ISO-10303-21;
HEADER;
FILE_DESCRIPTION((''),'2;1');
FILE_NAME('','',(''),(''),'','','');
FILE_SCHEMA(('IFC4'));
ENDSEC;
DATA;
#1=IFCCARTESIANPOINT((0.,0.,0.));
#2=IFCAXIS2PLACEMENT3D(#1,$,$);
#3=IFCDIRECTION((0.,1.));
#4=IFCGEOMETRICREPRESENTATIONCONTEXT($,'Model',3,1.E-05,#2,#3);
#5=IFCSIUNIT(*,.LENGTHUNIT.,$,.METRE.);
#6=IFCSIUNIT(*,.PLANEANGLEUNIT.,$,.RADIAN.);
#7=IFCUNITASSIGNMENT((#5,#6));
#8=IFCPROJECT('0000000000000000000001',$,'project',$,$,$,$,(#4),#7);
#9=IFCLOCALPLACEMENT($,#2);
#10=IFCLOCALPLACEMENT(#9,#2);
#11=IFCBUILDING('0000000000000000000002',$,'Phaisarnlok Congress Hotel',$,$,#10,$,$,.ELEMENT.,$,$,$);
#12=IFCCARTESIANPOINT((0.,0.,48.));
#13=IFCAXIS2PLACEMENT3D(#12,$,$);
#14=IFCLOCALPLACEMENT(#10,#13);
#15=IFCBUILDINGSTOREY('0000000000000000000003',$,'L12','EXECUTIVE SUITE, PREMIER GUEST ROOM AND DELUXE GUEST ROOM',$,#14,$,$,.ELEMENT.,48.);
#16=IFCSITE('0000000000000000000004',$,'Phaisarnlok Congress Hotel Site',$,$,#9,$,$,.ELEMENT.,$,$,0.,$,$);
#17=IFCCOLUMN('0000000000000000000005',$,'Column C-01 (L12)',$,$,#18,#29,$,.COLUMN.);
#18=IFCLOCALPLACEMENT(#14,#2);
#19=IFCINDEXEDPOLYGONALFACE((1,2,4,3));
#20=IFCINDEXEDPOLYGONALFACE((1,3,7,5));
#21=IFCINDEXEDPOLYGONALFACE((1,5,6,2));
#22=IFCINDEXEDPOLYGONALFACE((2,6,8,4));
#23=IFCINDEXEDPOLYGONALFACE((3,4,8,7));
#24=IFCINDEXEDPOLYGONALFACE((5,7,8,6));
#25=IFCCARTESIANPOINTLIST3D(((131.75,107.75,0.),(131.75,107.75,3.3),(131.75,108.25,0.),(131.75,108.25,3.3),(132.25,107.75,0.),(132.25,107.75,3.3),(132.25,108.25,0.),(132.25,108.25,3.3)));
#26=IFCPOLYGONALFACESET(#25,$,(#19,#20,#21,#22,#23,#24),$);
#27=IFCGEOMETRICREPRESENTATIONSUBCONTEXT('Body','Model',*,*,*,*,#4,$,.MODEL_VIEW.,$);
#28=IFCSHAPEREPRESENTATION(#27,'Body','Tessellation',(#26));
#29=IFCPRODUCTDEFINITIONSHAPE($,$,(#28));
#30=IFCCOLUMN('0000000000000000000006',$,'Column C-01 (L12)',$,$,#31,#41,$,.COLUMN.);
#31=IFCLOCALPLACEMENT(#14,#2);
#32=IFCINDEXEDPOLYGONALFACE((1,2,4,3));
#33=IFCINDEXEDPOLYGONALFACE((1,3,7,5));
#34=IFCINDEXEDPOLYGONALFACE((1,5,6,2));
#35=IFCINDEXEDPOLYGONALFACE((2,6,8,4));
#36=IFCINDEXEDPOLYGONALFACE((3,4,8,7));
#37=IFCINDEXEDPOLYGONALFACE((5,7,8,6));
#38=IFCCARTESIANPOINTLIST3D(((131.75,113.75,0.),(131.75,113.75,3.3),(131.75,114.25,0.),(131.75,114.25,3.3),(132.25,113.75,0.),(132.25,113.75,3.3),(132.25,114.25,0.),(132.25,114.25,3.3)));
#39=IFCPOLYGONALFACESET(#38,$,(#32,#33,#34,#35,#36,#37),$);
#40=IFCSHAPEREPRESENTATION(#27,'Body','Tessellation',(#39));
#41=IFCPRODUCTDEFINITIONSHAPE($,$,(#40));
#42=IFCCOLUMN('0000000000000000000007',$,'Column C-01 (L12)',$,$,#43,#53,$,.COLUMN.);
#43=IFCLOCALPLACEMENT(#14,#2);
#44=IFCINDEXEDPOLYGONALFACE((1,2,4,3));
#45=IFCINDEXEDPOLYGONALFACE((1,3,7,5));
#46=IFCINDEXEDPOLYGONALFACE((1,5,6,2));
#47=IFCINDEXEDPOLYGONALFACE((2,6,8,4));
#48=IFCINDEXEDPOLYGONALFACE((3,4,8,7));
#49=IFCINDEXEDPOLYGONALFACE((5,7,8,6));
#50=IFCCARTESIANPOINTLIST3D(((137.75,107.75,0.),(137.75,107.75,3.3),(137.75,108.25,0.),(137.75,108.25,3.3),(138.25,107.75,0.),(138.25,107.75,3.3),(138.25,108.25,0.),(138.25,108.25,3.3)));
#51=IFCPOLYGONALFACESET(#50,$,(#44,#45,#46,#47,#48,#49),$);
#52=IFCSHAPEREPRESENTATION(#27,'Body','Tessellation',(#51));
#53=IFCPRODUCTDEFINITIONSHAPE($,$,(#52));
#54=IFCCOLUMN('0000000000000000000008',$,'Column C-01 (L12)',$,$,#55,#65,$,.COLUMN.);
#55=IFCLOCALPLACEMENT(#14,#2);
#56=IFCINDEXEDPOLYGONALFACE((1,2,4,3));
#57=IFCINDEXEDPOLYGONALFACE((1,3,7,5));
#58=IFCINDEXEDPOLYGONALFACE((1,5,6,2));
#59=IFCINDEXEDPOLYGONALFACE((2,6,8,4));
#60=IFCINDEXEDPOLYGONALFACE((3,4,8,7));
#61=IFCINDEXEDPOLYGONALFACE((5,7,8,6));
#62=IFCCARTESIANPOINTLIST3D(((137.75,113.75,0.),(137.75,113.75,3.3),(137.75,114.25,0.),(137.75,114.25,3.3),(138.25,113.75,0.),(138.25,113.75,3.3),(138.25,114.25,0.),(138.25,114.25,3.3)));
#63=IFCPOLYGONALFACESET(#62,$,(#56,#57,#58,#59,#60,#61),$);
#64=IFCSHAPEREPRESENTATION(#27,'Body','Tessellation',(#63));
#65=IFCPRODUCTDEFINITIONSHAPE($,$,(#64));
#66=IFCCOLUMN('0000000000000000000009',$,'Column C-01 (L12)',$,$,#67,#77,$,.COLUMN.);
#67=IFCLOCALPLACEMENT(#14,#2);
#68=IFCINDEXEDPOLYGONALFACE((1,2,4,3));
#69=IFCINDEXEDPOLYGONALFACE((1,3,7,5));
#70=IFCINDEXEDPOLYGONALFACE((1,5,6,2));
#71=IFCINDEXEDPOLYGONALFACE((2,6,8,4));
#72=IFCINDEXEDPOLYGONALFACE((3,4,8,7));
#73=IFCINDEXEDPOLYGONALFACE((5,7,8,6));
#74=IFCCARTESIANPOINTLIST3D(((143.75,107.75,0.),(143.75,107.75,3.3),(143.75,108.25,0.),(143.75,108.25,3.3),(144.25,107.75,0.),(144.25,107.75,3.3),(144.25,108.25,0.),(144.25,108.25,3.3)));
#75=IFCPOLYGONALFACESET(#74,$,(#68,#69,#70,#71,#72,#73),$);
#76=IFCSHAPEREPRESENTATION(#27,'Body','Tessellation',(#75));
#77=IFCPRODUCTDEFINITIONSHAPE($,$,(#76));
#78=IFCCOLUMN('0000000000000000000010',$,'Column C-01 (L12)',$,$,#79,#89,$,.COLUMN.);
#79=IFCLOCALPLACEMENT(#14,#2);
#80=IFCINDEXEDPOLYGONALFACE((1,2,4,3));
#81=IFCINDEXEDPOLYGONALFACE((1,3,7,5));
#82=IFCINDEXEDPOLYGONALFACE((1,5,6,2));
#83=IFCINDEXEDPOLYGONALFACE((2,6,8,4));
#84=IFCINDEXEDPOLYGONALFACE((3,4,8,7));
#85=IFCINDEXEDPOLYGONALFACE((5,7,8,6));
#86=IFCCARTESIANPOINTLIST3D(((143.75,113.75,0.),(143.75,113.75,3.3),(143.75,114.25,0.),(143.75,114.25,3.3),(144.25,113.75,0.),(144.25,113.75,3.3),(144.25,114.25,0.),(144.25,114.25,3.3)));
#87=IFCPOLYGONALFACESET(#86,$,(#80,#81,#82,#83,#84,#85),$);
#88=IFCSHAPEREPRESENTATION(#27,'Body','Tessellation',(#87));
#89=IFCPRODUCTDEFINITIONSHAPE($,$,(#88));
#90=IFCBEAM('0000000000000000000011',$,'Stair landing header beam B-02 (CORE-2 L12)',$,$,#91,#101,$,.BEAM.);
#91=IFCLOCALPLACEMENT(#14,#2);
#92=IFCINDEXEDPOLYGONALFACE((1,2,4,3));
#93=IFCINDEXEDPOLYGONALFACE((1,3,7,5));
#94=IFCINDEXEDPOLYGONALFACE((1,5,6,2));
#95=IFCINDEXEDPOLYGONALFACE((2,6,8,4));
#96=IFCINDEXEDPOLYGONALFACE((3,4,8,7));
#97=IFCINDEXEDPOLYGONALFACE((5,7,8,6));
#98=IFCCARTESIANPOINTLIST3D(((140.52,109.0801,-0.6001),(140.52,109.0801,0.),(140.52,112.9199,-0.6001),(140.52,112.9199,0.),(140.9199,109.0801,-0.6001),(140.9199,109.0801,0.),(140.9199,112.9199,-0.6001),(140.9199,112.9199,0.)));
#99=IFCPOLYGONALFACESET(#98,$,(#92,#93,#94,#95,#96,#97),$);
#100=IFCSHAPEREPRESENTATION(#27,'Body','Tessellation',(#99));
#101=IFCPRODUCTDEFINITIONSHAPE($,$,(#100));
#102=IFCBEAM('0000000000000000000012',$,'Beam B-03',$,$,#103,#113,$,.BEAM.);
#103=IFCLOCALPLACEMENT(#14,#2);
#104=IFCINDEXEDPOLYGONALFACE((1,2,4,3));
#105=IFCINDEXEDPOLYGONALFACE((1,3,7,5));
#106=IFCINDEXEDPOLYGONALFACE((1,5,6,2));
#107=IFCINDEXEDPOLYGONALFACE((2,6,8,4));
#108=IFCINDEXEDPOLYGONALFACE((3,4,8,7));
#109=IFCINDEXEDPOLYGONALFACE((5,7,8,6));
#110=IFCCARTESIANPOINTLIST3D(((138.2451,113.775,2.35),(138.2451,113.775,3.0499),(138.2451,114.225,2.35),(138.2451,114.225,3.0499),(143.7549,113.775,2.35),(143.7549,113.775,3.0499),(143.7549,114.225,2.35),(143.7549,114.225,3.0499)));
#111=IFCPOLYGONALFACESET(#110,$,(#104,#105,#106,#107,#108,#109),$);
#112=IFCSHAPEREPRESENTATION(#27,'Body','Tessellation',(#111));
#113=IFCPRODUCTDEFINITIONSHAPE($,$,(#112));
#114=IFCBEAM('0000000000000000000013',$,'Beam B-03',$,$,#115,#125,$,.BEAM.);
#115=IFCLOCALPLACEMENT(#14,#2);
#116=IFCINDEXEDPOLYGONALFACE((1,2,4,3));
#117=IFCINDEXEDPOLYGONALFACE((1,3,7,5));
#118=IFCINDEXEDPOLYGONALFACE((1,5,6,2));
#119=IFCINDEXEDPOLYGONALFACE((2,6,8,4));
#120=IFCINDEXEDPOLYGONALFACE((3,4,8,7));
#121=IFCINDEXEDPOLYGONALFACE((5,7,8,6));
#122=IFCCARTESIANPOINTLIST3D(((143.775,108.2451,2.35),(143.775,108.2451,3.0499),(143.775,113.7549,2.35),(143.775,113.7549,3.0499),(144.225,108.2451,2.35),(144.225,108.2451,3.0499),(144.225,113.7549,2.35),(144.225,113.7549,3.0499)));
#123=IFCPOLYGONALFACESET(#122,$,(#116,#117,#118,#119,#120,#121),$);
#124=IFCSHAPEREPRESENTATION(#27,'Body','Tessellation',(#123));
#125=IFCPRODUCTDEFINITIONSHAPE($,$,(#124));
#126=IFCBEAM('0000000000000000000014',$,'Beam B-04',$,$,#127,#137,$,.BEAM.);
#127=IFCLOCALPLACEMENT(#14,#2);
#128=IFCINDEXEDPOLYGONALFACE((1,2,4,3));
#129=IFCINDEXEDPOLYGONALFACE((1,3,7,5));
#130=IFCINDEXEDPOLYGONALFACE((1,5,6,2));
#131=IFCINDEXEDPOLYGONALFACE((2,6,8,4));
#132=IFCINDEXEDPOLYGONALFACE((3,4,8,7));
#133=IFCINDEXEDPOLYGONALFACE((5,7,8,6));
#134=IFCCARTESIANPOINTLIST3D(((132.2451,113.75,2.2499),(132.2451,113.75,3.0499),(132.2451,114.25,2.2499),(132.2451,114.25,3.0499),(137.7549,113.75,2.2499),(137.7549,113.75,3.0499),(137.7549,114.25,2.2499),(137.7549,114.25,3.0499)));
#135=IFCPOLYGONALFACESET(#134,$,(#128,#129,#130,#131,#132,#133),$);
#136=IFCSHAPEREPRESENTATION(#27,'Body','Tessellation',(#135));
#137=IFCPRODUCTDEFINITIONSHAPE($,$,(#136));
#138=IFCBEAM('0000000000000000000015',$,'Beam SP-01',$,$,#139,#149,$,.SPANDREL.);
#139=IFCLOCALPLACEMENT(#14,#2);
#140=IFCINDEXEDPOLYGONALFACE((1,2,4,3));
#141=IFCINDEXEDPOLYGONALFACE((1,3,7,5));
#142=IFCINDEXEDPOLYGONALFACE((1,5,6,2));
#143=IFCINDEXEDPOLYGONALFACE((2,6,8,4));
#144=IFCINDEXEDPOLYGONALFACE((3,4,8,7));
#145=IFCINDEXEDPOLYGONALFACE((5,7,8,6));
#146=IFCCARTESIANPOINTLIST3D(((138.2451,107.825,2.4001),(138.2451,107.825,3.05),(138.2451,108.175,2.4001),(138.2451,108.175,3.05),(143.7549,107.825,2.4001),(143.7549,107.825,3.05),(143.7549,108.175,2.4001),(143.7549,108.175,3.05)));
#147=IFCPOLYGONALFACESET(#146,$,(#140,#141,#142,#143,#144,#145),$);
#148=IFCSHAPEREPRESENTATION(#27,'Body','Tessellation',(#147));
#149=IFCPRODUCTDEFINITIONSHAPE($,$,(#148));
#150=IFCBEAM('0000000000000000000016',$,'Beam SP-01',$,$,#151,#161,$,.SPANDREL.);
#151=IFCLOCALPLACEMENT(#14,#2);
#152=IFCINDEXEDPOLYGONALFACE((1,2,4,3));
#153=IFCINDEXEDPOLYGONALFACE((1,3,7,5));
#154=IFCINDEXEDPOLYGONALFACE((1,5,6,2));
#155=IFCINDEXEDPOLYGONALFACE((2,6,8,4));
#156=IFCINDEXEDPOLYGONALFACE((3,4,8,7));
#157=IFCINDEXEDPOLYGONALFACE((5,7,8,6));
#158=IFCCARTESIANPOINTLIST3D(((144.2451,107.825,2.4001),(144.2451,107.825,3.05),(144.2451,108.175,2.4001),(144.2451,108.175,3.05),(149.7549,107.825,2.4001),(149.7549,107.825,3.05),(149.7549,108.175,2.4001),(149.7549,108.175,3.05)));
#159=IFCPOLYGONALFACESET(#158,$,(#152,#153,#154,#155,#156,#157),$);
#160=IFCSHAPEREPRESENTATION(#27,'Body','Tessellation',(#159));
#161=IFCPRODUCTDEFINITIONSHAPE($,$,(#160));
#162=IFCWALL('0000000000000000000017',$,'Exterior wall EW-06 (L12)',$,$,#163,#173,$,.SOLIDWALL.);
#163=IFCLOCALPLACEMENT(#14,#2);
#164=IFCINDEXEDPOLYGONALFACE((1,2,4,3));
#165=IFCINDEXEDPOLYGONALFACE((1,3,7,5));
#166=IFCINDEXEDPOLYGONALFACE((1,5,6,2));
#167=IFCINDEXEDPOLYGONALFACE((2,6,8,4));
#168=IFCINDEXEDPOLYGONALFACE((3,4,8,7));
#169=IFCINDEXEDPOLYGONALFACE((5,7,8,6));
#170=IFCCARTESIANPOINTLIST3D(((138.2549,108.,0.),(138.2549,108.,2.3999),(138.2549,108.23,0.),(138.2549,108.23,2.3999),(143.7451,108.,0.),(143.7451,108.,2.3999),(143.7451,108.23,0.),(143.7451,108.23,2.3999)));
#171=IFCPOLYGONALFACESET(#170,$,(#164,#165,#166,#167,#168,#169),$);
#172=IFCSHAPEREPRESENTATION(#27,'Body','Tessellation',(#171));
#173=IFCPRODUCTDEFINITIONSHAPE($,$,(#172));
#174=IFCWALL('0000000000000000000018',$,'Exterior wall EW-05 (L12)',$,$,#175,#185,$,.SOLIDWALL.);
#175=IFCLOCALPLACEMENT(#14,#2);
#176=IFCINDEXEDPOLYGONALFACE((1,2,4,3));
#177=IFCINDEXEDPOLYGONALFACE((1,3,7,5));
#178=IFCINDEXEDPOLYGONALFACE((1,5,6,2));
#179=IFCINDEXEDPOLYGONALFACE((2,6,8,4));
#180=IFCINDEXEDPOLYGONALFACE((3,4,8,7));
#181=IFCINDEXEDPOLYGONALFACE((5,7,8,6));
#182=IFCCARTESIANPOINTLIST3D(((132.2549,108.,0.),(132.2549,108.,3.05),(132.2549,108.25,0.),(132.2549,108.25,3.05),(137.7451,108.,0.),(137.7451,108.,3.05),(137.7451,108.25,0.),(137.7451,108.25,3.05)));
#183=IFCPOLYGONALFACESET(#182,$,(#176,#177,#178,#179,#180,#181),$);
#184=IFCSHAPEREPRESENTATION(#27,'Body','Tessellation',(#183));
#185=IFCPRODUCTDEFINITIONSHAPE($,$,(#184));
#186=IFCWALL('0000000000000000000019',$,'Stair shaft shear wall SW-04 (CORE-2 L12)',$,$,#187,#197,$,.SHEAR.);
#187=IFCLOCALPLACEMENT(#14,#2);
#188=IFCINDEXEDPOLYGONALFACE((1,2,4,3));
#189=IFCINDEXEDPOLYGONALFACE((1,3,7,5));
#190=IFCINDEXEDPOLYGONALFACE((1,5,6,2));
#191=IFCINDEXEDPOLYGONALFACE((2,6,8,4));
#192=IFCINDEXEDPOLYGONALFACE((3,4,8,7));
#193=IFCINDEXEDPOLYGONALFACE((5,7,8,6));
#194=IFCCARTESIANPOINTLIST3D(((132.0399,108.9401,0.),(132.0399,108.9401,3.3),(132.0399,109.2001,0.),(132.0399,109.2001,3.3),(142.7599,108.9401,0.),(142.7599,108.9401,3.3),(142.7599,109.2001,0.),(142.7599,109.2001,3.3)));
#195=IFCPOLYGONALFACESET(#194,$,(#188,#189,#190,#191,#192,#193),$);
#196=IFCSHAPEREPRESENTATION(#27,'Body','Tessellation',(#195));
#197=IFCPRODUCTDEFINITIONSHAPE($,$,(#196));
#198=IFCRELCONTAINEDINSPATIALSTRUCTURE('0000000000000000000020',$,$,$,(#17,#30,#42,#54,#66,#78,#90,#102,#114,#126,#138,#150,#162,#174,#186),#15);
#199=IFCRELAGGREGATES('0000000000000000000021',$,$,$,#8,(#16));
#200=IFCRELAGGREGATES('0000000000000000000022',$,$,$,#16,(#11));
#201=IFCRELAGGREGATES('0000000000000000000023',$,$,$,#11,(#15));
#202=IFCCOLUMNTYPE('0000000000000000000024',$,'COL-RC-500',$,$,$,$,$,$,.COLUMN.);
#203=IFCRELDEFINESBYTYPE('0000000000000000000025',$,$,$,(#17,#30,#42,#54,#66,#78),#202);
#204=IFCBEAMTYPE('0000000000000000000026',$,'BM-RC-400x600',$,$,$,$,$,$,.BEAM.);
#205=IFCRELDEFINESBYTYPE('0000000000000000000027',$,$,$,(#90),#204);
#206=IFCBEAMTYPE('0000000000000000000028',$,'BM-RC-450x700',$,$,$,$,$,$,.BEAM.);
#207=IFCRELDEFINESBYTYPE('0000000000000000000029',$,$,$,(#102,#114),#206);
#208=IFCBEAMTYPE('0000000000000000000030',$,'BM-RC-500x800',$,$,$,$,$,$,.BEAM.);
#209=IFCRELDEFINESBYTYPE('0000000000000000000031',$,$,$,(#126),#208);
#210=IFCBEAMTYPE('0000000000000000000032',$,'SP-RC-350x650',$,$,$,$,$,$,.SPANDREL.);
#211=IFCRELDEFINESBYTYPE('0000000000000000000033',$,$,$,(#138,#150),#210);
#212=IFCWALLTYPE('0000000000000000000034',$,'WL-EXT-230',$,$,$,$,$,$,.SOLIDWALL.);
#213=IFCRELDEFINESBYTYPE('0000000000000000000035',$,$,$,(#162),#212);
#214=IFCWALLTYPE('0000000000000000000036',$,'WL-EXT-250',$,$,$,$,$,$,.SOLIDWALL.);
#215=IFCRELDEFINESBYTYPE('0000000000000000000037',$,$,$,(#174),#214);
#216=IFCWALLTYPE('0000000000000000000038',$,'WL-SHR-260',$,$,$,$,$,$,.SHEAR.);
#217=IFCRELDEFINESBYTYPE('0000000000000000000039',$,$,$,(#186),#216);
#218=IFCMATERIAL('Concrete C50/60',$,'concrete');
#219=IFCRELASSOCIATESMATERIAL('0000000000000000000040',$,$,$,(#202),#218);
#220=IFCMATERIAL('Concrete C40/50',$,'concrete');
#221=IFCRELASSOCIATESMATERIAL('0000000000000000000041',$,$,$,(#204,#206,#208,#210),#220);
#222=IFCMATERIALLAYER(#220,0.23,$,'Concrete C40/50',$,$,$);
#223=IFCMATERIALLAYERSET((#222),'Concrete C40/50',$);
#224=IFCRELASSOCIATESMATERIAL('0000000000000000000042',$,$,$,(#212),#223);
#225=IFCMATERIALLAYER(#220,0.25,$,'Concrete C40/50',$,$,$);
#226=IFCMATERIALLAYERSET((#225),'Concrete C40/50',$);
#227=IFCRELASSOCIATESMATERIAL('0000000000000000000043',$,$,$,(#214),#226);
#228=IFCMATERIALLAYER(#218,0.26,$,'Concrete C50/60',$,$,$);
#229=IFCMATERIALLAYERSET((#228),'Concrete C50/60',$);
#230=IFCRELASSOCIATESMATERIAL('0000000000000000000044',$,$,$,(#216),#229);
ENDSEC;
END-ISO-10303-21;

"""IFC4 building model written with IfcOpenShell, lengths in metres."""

from ifc_helpers import new_model, si_unit, direction, frame, frame_2d, origin, origin_2d, place, context, subcontext, project, spatial, rectangle, extrude, material, layer, layer_set, material_profile, profile_set, type_object, element, save


model = new_model("IFC4")

# Units and contexts
model_context = context("Model", 3, precision=1e-05, world=origin(), true_north=direction((0.0, 1.0)))
body_context = subcontext(model_context, "Body", "Model", "MODEL_VIEW")
ifc_project = project(units=[si_unit("LENGTHUNIT", "METRE"), si_unit("PLANEANGLEUNIT", "RADIAN")], contexts=[model_context])

# Site, building, storey
site_placement = place(None, origin())
site = spatial("IfcSite", under=ifc_project, at=site_placement, Name="Phaisarnlok Congress Hotel Site", CompositionType="ELEMENT", RefElevation=0.0)
building_placement = place(site_placement, origin())
building = spatial("IfcBuilding", under=site, at=building_placement, Name="Phaisarnlok Congress Hotel", CompositionType="ELEMENT")
storey_placement = place(building_placement, frame((0.0, 0.0, 48.0)))
storey = spatial("IfcBuildingStorey", under=building, at=storey_placement, Name="L12", Description="EXECUTIVE SUITE, PREMIER GUEST ROOM AND DELUXE GUEST ROOM", CompositionType="ELEMENT", Elevation=48.0)

# Columns
ifc_material_1 = material(Name="Concrete C50/60", Category="concrete")
ifc_material_profile_1 = material_profile(ifc_material_1, rectangle(XDim=0.5, YDim=0.5, at=origin_2d()), Name="RC 500x500")
ifc_profile_set_1 = profile_set([ifc_material_profile_1], Name="Concrete C50/60")
column_type = type_object("IfcColumnType", Name="COL-RC-500", PredefinedType="COLUMN", material=ifc_profile_set_1)
for number, where, z_axis, x_axis, name in (
    (1, (132.0, 108.0, 0.0), (0.0, 0.0, 1.0), (1.0, 0.0, 0.0), "Column C-01 (L12)"),
    (2, (132.0, 114.0, 0.0), (0.0, 0.0, 1.0), (1.0, 0.0, 0.0), "Column C-01 (L12)"),
    (3, (138.0, 108.0, 0.0), (0.0, 0.0, 1.0), (1.0, 0.0, 0.0), "Column C-01 (L12)"),
    (4, (138.0, 114.0, 0.0), (0.0, 0.0, 1.0), (1.0, 0.0, 0.0), "Column C-01 (L12)"),
    (5, (144.0, 108.0, 0.0), (0.0, 0.0, 1.0), (1.0, 0.0, 0.0), "Column C-01 (L12)"),
    (6, (144.0, 114.0, 0.0), (0.0, 0.0, 1.0), (1.0, 0.0, 0.0), "Column C-01 (L12)"),
):
    element("IfcColumn", number, at=place(storey_placement, frame(where, z_axis=z_axis, x_axis=x_axis)), inside=storey, type_object=column_type, Name=name, PredefinedType="COLUMN", context=body_context, shape_type="SweptSolid", body=[
        extrude(rectangle(XDim=0.5, YDim=0.5, at=origin_2d()), origin(), (0.0, 0.0, 1.0), 3.3),
    ])

# Beams
ifc_material_2 = material(Name="Concrete C40/50", Category="concrete")
ifc_material_profile_2 = material_profile(ifc_material_2, rectangle(XDim=0.3999, YDim=0.6001, at=origin_2d()), Name="RC 400x600")
ifc_profile_set_2 = profile_set([ifc_material_profile_2], Name="Concrete C40/50")
beam_type_1 = type_object("IfcBeamType", Name="BM-RC-400x600", PredefinedType="BEAM", material=ifc_profile_set_2)
beam_1_placement = place(storey_placement, frame((140.72, 109.0801, -0.3), z_axis=(0.0, 1.0, 0.0), x_axis=(-1.0, 0.0, 0.0)))
element("IfcBeam", 7, at=beam_1_placement, inside=storey, type_object=beam_type_1, Name="Stair landing header beam B-02 (CORE-2 L12)", PredefinedType="BEAM", context=body_context, shape_type="SweptSolid", body=[
    extrude(rectangle(XDim=0.3999, YDim=0.6001, at=origin_2d()), origin(), (0.0, 0.0, 1.0), 3.8398),
])
ifc_material_profile_3 = material_profile(ifc_material_2, rectangle(XDim=0.45, YDim=0.7, at=origin_2d()), Name="RC 450x700")
ifc_profile_set_3 = profile_set([ifc_material_profile_3], Name="Concrete C40/50")
beam_type_2 = type_object("IfcBeamType", Name="BM-RC-450x700", PredefinedType="BEAM", material=ifc_profile_set_3)
for number, where, z_axis, x_axis, name in (
    (8, (138.2451, 114.0, 2.7), (1.0, 0.0, 0.0), (0.0, 1.0, 0.0), "Beam B-03"),
    (9, (144.0, 108.2451, 2.7), (0.0, 1.0, 0.0), (-1.0, 0.0, 0.0), "Beam B-03"),
):
    element("IfcBeam", number, at=place(storey_placement, frame(where, z_axis=z_axis, x_axis=x_axis)), inside=storey, type_object=beam_type_2, Name=name, PredefinedType="BEAM", context=body_context, shape_type="SweptSolid", body=[
        extrude(rectangle(XDim=0.45, YDim=0.7, at=origin_2d()), origin(), (0.0, 0.0, 1.0), 5.5098),
    ])
ifc_material_profile_4 = material_profile(ifc_material_2, rectangle(XDim=0.5, YDim=0.8, at=origin_2d()), Name="RC 500x800")
ifc_profile_set_4 = profile_set([ifc_material_profile_4], Name="Concrete C40/50")
beam_type_3 = type_object("IfcBeamType", Name="BM-RC-500x800", PredefinedType="BEAM", material=ifc_profile_set_4)
beam_2_placement = place(storey_placement, frame((132.2451, 114.0, 2.6499), z_axis=(1.0, 0.0, 0.0), x_axis=(0.0, 1.0, 0.0)))
element("IfcBeam", 10, at=beam_2_placement, inside=storey, type_object=beam_type_3, Name="Beam B-04", PredefinedType="BEAM", context=body_context, shape_type="SweptSolid", body=[
    extrude(rectangle(XDim=0.5, YDim=0.8, at=origin_2d()), origin(), (0.0, 0.0, 1.0), 5.5098),
])
ifc_material_profile_5 = material_profile(ifc_material_2, rectangle(XDim=0.3501, YDim=0.6499, at=origin_2d()), Name="RC 350x650")
ifc_profile_set_5 = profile_set([ifc_material_profile_5], Name="Concrete C40/50")
beam_type_4 = type_object("IfcBeamType", Name="SP-RC-350x650", PredefinedType="SPANDREL", material=ifc_profile_set_5)
for number, where, z_axis, x_axis, name in (
    (11, (138.2451, 108.0, 2.7251), (1.0, 0.0, 0.0), (0.0, 1.0, 0.0), "Beam SP-01"),
    (12, (144.2451, 108.0, 2.7251), (1.0, 0.0, 0.0), (0.0, 1.0, 0.0), "Beam SP-01"),
):
    element("IfcBeam", number, at=place(storey_placement, frame(where, z_axis=z_axis, x_axis=x_axis)), inside=storey, type_object=beam_type_4, Name=name, PredefinedType="SPANDREL", context=body_context, shape_type="SweptSolid", body=[
        extrude(rectangle(XDim=0.3501, YDim=0.6499, at=origin_2d()), origin(), (0.0, 0.0, 1.0), 5.5098),
    ])

# Walls
ifc_layer_1 = layer(ifc_material_2, 0.23, Name="Concrete C40/50")
ifc_layer_set_1 = layer_set([ifc_layer_1], Name="Concrete C40/50")
wall_type_1 = type_object("IfcWallType", Name="WL-EXT-230", PredefinedType="SOLIDWALL", material=ifc_layer_set_1)
wall_1_placement = place(storey_placement, frame((138.2549, 108.115, 0.0), z_axis=(0.0, 0.0, 1.0), x_axis=(1.0, 0.0, 0.0)))
element("IfcWall", 13, at=wall_1_placement, inside=storey, type_object=wall_type_1, Name="Exterior wall EW-06 (L12)", PredefinedType="SOLIDWALL", context=body_context, shape_type="SweptSolid", body=[
    extrude(rectangle(XDim=5.4902, YDim=0.23, at=frame_2d((2.7451, 0.0))), origin(), (0.0, 0.0, 1.0), 2.3999),
])
ifc_layer_2 = layer(ifc_material_2, 0.25, Name="Concrete C40/50")
ifc_layer_set_2 = layer_set([ifc_layer_2], Name="Concrete C40/50")
wall_type_2 = type_object("IfcWallType", Name="WL-EXT-250", PredefinedType="SOLIDWALL", material=ifc_layer_set_2)
wall_2_placement = place(storey_placement, frame((132.2549, 108.125, 0.0), z_axis=(0.0, 0.0, 1.0), x_axis=(1.0, 0.0, 0.0)))
element("IfcWall", 14, at=wall_2_placement, inside=storey, type_object=wall_type_2, Name="Exterior wall EW-05 (L12)", PredefinedType="SOLIDWALL", context=body_context, shape_type="SweptSolid", body=[
    extrude(rectangle(XDim=5.4902, YDim=0.25, at=frame_2d((2.7451, 0.0))), origin(), (0.0, 0.0, 1.0), 3.05),
])
ifc_layer_3 = layer(ifc_material_1, 0.26, Name="Concrete C50/60")
ifc_layer_set_3 = layer_set([ifc_layer_3], Name="Concrete C50/60")
wall_type_3 = type_object("IfcWallType", Name="WL-SHR-260", PredefinedType="SHEAR", material=ifc_layer_set_3)
for number, where, z_axis, x_axis, name in (
    (15, (132.04, 109.0701, 0.0), (0.0, 0.0, 1.0), (1.0, 0.0, 0.0), "Stair shaft shear wall SW-04 (CORE-2 L12)"),
):
    element("IfcWall", number, at=place(storey_placement, frame(where, z_axis=z_axis, x_axis=x_axis)), inside=storey, type_object=wall_type_3, Name=name, PredefinedType="SHEAR", context=body_context, shape_type="SweptSolid", body=[
        extrude(rectangle(XDim=10.72, YDim=0.26, at=frame_2d((5.3599, 0.0))), origin(), (0.0, 0.0, 1.0), 3.3),
    ])

save(model, "model.ifc")
